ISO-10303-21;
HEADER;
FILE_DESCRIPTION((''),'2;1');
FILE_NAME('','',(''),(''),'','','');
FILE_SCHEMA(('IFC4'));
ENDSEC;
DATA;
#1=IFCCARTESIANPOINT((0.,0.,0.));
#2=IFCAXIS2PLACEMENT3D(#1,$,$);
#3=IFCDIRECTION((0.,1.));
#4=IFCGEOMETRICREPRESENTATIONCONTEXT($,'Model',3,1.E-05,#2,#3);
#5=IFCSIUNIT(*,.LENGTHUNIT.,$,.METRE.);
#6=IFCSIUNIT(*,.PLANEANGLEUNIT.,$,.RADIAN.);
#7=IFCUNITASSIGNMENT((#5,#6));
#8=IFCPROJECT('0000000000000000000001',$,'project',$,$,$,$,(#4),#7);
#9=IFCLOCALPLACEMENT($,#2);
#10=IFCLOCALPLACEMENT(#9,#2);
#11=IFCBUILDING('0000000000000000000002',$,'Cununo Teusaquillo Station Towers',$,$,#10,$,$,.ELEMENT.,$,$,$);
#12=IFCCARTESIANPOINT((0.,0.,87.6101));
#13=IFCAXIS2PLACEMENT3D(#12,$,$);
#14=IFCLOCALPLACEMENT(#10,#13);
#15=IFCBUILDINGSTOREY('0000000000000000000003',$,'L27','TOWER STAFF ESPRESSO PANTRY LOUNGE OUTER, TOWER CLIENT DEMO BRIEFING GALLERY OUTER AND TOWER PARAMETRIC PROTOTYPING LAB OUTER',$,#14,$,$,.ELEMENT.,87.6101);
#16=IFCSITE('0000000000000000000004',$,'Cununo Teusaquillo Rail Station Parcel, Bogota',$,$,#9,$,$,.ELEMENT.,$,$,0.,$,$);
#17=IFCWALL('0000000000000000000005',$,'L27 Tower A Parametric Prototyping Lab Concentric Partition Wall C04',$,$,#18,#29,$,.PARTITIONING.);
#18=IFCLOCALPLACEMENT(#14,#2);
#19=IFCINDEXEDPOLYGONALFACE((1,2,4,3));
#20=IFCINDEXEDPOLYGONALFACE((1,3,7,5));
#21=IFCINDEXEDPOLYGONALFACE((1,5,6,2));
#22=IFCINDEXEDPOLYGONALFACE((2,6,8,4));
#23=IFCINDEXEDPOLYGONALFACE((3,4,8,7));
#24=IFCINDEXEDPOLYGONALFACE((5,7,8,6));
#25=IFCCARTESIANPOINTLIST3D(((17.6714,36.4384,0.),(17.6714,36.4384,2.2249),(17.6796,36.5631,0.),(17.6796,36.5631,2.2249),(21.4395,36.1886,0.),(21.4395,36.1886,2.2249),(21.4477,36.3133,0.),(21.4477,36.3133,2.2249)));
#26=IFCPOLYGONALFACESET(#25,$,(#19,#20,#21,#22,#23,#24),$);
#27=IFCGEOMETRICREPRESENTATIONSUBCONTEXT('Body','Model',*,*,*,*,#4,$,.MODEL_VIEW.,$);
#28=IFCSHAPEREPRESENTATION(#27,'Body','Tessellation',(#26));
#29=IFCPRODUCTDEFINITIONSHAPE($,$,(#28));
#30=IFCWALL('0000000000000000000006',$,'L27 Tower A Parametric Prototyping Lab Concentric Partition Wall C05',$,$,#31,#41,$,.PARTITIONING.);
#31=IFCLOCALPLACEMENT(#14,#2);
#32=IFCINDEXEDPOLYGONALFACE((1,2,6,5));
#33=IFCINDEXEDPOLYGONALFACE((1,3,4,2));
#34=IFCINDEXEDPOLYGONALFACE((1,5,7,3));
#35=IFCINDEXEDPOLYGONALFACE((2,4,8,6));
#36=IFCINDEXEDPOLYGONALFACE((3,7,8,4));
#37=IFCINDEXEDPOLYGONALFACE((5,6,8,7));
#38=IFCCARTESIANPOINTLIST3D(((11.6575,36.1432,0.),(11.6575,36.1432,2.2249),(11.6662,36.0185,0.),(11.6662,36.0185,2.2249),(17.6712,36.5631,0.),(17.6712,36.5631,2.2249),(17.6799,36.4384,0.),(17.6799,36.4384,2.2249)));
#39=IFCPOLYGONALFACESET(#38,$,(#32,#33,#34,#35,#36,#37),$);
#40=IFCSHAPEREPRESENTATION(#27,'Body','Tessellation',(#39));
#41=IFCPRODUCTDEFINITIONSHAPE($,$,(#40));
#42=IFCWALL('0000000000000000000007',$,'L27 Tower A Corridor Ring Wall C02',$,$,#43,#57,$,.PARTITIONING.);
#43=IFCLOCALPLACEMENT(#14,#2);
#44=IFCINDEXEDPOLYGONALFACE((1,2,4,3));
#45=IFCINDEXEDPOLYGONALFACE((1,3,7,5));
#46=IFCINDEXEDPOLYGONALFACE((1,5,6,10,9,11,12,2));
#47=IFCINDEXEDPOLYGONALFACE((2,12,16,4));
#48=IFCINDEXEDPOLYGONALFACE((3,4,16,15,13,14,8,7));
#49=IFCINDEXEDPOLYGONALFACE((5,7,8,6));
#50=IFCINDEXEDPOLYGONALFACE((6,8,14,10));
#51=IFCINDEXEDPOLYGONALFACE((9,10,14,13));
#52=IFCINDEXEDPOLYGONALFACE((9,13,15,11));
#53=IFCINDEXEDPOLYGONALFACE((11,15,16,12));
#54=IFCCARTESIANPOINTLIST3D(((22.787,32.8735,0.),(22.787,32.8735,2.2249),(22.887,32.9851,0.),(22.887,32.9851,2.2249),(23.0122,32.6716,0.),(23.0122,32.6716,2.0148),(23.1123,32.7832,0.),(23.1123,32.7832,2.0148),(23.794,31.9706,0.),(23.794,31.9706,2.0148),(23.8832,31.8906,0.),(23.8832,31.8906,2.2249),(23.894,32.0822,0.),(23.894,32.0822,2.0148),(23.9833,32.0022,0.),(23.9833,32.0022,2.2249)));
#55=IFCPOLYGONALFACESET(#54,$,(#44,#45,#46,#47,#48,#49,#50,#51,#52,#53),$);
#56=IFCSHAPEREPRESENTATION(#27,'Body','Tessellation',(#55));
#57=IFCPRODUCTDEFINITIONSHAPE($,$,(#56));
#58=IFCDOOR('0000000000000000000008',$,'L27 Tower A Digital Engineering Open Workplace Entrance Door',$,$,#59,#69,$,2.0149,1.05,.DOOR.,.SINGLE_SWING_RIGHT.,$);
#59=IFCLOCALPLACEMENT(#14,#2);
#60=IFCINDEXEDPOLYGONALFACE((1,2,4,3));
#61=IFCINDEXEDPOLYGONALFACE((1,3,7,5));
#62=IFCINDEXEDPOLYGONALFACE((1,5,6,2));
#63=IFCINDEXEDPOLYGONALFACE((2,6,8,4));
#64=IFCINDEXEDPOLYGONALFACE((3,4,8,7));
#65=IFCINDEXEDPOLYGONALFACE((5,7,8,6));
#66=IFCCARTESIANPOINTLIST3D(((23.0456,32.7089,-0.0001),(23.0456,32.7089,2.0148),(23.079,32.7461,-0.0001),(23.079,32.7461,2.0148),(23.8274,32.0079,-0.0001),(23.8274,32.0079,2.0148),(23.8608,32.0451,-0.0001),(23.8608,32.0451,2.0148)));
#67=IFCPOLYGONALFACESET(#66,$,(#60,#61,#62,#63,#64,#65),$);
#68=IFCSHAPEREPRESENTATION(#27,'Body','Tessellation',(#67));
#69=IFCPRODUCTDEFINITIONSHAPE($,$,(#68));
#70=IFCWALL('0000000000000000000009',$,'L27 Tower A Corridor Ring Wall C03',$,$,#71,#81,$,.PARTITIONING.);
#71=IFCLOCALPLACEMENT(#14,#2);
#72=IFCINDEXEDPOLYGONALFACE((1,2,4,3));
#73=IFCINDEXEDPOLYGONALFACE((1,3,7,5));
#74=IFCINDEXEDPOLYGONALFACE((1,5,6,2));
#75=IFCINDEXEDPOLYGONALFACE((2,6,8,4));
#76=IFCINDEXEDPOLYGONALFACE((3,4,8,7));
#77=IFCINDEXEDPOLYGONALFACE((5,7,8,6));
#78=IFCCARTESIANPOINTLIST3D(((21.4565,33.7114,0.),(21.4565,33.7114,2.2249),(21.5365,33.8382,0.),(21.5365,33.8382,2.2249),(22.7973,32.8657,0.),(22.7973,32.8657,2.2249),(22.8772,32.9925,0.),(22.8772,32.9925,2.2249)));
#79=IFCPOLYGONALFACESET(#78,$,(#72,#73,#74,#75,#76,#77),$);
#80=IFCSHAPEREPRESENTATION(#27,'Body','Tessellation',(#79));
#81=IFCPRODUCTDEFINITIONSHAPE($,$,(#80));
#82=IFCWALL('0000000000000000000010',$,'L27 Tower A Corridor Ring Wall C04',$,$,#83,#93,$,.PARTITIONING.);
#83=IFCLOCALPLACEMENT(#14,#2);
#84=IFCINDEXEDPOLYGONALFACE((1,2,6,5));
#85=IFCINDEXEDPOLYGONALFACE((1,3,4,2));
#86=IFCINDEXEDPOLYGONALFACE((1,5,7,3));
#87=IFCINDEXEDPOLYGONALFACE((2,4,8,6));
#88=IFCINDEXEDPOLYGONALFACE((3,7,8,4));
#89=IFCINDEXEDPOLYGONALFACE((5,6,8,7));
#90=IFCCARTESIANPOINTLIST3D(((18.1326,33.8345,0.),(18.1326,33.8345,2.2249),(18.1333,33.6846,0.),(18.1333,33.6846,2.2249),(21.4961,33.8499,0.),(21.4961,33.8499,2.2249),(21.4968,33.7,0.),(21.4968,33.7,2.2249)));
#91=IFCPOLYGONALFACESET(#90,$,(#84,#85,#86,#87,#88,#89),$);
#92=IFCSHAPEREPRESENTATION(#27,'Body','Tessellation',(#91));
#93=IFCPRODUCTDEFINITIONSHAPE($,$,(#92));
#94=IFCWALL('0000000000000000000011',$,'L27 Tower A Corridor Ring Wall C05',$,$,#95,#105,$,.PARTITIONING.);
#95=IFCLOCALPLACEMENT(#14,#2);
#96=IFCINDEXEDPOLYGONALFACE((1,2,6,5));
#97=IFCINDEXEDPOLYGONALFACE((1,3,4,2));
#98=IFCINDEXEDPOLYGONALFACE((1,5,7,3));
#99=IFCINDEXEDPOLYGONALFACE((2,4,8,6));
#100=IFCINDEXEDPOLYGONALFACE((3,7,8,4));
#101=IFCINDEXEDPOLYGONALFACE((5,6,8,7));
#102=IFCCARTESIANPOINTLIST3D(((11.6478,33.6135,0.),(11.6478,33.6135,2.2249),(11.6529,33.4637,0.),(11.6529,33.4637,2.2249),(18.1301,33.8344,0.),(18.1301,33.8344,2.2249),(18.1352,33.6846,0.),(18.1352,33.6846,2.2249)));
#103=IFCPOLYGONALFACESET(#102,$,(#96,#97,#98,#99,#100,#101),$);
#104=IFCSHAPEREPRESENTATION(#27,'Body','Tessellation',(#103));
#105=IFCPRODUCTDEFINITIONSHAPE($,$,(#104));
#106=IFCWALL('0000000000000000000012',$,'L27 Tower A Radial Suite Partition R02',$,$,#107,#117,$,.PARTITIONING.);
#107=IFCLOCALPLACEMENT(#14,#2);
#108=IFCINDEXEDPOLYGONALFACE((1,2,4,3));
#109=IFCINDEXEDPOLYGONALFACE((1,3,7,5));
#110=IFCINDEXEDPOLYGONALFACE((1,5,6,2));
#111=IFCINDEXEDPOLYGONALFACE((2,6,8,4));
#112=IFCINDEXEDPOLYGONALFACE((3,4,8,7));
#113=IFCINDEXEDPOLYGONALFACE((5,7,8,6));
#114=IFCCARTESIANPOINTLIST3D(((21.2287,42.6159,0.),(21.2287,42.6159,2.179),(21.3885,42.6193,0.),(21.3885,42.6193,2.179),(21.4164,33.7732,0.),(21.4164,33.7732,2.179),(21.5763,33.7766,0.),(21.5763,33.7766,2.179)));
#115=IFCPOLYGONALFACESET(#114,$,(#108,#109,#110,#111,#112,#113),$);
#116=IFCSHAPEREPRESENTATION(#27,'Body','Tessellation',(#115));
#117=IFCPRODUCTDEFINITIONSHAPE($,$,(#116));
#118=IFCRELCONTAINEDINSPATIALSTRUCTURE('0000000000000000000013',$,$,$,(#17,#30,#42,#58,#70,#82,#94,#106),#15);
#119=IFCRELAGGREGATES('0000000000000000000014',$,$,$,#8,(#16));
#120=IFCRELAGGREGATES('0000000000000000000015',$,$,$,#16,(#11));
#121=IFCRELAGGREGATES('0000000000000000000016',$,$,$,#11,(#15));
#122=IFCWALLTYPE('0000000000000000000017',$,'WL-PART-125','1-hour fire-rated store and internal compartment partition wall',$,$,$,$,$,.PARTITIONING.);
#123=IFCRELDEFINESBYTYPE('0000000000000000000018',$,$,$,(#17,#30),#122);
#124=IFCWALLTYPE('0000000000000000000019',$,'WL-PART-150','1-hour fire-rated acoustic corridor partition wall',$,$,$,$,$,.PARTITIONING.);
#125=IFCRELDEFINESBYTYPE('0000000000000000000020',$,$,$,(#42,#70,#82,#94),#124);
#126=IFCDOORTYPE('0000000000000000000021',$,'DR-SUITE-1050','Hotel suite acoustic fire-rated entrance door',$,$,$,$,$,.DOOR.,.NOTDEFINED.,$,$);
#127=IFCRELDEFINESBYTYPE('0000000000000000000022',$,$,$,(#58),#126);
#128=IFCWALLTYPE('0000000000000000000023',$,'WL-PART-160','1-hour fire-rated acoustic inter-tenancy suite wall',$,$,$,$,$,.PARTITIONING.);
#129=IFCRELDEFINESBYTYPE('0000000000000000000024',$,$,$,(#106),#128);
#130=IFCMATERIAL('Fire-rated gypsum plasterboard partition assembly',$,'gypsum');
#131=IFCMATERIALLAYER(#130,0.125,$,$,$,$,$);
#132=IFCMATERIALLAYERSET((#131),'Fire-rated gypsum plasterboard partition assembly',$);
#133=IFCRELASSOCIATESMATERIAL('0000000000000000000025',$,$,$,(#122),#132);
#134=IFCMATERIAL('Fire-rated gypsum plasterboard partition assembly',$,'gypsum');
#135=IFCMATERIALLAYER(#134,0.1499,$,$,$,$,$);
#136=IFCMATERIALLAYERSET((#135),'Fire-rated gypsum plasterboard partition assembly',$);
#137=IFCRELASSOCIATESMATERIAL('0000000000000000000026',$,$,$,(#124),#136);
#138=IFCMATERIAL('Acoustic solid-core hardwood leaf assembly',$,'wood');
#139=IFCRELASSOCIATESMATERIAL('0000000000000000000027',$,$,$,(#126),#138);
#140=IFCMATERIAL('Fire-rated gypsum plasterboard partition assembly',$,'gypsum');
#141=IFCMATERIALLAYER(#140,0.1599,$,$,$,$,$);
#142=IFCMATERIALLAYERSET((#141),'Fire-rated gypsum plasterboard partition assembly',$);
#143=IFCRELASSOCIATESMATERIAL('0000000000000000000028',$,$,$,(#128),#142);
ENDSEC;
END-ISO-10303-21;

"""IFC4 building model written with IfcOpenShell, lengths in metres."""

from ifc_helpers import new_model, si_unit, direction, frame, frame_2d, origin, place, context, subcontext, project, spatial, rectangle, extrude, source, transform, mapped, material, layer, layer_set, type_object, element, fill, save


model = new_model("IFC4")

# Units and contexts
model_context = context("Model", 3, precision=1e-05, world=origin(), true_north=direction((0.0, 1.0)))
body_context = subcontext(model_context, "Body", "Model", "MODEL_VIEW")
ifc_project = project(units=[si_unit("LENGTHUNIT", "METRE"), si_unit("PLANEANGLEUNIT", "RADIAN")], contexts=[model_context])

# Site, building, storey
site_placement = place(None, origin())
site = spatial("IfcSite", under=ifc_project, at=site_placement, Name="Cununo Teusaquillo Rail Station Parcel, Bogota", CompositionType="ELEMENT", RefElevation=0.0)
building_placement = place(site_placement, origin())
building = spatial("IfcBuilding", under=site, at=building_placement, Name="Cununo Teusaquillo Station Towers", CompositionType="ELEMENT")
storey_placement = place(building_placement, frame((0.0, 0.0, 87.6101)))
storey = spatial("IfcBuildingStorey", under=building, at=storey_placement, Name="L27", Description="TOWER STAFF ESPRESSO PANTRY LOUNGE OUTER, TOWER CLIENT DEMO BRIEFING GALLERY OUTER AND TOWER PARAMETRIC PROTOTYPING LAB OUTER", CompositionType="ELEMENT", Elevation=87.6101)

# Shared definitions
ifc_material_1 = material(Name="Fire-rated gypsum plasterboard partition assembly", Category="gypsum")
ifc_layer_1 = layer(ifc_material_1, 0.125)
ifc_layer_set_1 = layer_set([ifc_layer_1], Name="Fire-rated gypsum plasterboard partition assembly")
wall_type_1 = type_object("IfcWallType", Name="WL-PART-125", Description="1-hour fire-rated store and internal compartment partition wall", PredefinedType="PARTITIONING", material=ifc_layer_set_1)

# Walls
wall_1_placement = place(storey_placement, frame((21.4436, 36.251, 0.0), z_axis=(0.0, 0.0, 1.0), x_axis=(-0.997811, 0.066137, 0.0)))
element("IfcWall", 1, at=wall_1_placement, inside=storey, type_object=wall_type_1, Name="L27 Tower A Parametric Prototyping Lab Concentric Partition Wall C04", PredefinedType="PARTITIONING", context=body_context, shape_type="SweptSolid", body=[
    extrude(rectangle(XDim=3.7764, YDim=0.125, at=frame_2d((1.8882, 0.0))), origin(), (0.0, 0.0, 1.0), 2.2249),
])
wall_2_placement = place(storey_placement, frame((17.6755, 36.5007, 0.0), z_axis=(0.0, 0.0, 1.0), x_axis=(-0.997571, -0.069658, 0.0)))
element("IfcWall", 2, at=wall_2_placement, inside=storey, type_object=wall_type_1, Name="L27 Tower A Parametric Prototyping Lab Concentric Partition Wall C05", PredefinedType="PARTITIONING", context=body_context, shape_type="SweptSolid", body=[
    extrude(rectangle(XDim=6.0283, YDim=0.125, at=frame_2d((3.0142, 0.0))), origin(), (0.0, 0.0, 1.0), 2.2249),
])

# Wall, opening, door
ifc_material_2 = material(Name="Fire-rated gypsum plasterboard partition assembly", Category="gypsum")
ifc_layer_2 = layer(ifc_material_2, 0.1499)
ifc_layer_set_2 = layer_set([ifc_layer_2], Name="Fire-rated gypsum plasterboard partition assembly")
wall_type_2 = type_object("IfcWallType", Name="WL-PART-150", Description="1-hour fire-rated acoustic corridor partition wall", PredefinedType="PARTITIONING", material=ifc_layer_set_2)
wall_3_placement = place(storey_placement, frame((23.9333, 31.9463, 0.0), z_axis=(0.0, 0.0, 1.0), x_axis=(-0.74453, 0.667589, 0.0)))
wall_3 = element("IfcWall", 3, at=wall_3_placement, inside=storey, type_object=wall_type_2, Name="L27 Tower A Corridor Ring Wall C02", PredefinedType="PARTITIONING", context=body_context, shape_type="SweptSolid", body=[
    extrude(rectangle(XDim=1.4724, YDim=0.1499, at=frame_2d((0.7363, 0.0))), origin(), (0.0, 0.0, 1.0), 2.2249),
])
shared_shape_1 = source(origin(), body_context, "Body", "SweptSolid", [
    extrude(rectangle(XDim=1.05, YDim=2.0149, at=frame_2d((0.5249, 1.0073))), frame((0.0, 0.085, 0.0), z_axis=(0.0, -1.0, 0.0), x_axis=(1.0, 0.0, 0.0)), (0.0, 0.0, 1.0), 0.1699),
])
opening_1_placement = place(wall_3_placement, frame((0.1201, 0.0, 0.0)))
opening_1 = element("IfcOpeningElement", 4, at=opening_1_placement, cuts=wall_3, PredefinedType="OPENING", context=body_context, shape_type="MappedRepresentation", body=[
    mapped(shared_shape_1, transform((0.0, 0.0, 0.0), x_axis=(1.0, 0.0, 0.0), y_axis=(0.0, 1.0, 0.0), z_axis=(0.0, 0.0, 1.0), scale=1.0)),
])
ifc_material_3 = material(Name="Acoustic solid-core hardwood leaf assembly", Category="wood")
door_type_1 = type_object("IfcDoorType", Name="DR-SUITE-1050", Description="Hotel suite acoustic fire-rated entrance door", OperationType="NOTDEFINED", PredefinedType="DOOR", material=ifc_material_3)
shared_shape_2 = source(origin(), body_context, "Body", "SweptSolid", [
    extrude(rectangle(XDim=1.05, YDim=2.0149, at=frame_2d((0.5249, 1.0073))), frame((0.0, 0.0249, 0.0), z_axis=(0.0, -1.0, 0.0), x_axis=(1.0, 0.0, 0.0)), (0.0, 0.0, 1.0), 0.05),
])
door_1_placement = place(opening_1_placement, origin())
door_1 = element("IfcDoor", 5, at=door_1_placement, inside=storey, type_object=door_type_1, Name="L27 Tower A Digital Engineering Open Workplace Entrance Door", OperationType="SINGLE_SWING_RIGHT", OverallHeight=2.0149, OverallWidth=1.05, PredefinedType="DOOR", context=body_context, shape_type="MappedRepresentation", body=[
    mapped(shared_shape_2, transform((0.0, 0.0, 0.0), x_axis=(1.0, 0.0, 0.0), y_axis=(0.0, 1.0, 0.0), z_axis=(0.0, 0.0, 1.0), scale=1.0)),
])
fill(opening_1, door_1)

# Walls
wall_4_placement = place(storey_placement, frame((22.8372, 32.9292, 0.0), z_axis=(0.0, 0.0, 1.0), x_axis=(-0.845811, 0.533483, 0.0)))
element("IfcWall", 6, at=wall_4_placement, inside=storey, type_object=wall_type_2, Name="L27 Tower A Corridor Ring Wall C03", PredefinedType="PARTITIONING", context=body_context, shape_type="SweptSolid", body=[
    extrude(rectangle(XDim=1.5852, YDim=0.1499, at=frame_2d((0.7925, 0.0))), origin(), (0.0, 0.0, 1.0), 2.2249),
])
wall_5_placement = place(storey_placement, frame((21.4963, 33.7749, 0.0), z_axis=(0.0, 0.0, 1.0), x_axis=(-0.99999, -0.004573, 0.0)))
element("IfcWall", 7, at=wall_5_placement, inside=storey, type_object=wall_type_2, Name="L27 Tower A Corridor Ring Wall C04", PredefinedType="PARTITIONING", context=body_context, shape_type="SweptSolid", body=[
    extrude(rectangle(XDim=3.3635, YDim=0.1499, at=frame_2d((1.6816, 0.0))), origin(), (0.0, 0.0, 1.0), 2.2249),
])
wall_6_placement = place(storey_placement, frame((18.1328, 33.7595, 0.0), z_axis=(0.0, 0.0, 1.0), x_axis=(-0.99942, -0.034064, 0.0)))
element("IfcWall", 8, at=wall_6_placement, inside=storey, type_object=wall_type_2, Name="L27 Tower A Corridor Ring Wall C05", PredefinedType="PARTITIONING", context=body_context, shape_type="SweptSolid", body=[
    extrude(rectangle(XDim=6.4861, YDim=0.1499, at=frame_2d((3.2432, 0.0))), origin(), (0.0, 0.0, 1.0), 2.2249),
])
ifc_material_4 = material(Name="Fire-rated gypsum plasterboard partition assembly", Category="gypsum")
ifc_layer_3 = layer(ifc_material_4, 0.1599)
ifc_layer_set_3 = layer_set([ifc_layer_3], Name="Fire-rated gypsum plasterboard partition assembly")
wall_type_3 = type_object("IfcWallType", Name="WL-PART-160", Description="1-hour fire-rated acoustic inter-tenancy suite wall", PredefinedType="PARTITIONING", material=ifc_layer_set_3)
wall_7_placement = place(storey_placement, frame((21.4963, 33.7749, 0.0), z_axis=(0.0, 0.0, 1.0), x_axis=(-0.021227, 0.999775, 0.0)))
element("IfcWall", 9, at=wall_7_placement, inside=storey, type_object=wall_type_3, Name="L27 Tower A Radial Suite Partition R02", PredefinedType="PARTITIONING", context=body_context, shape_type="SweptSolid", body=[
    extrude(rectangle(XDim=8.8447, YDim=0.1599, at=frame_2d((4.4224, 0.0))), origin(), (0.0, 0.0, 1.0), 2.179),
])

save(model, "model.ifc")
